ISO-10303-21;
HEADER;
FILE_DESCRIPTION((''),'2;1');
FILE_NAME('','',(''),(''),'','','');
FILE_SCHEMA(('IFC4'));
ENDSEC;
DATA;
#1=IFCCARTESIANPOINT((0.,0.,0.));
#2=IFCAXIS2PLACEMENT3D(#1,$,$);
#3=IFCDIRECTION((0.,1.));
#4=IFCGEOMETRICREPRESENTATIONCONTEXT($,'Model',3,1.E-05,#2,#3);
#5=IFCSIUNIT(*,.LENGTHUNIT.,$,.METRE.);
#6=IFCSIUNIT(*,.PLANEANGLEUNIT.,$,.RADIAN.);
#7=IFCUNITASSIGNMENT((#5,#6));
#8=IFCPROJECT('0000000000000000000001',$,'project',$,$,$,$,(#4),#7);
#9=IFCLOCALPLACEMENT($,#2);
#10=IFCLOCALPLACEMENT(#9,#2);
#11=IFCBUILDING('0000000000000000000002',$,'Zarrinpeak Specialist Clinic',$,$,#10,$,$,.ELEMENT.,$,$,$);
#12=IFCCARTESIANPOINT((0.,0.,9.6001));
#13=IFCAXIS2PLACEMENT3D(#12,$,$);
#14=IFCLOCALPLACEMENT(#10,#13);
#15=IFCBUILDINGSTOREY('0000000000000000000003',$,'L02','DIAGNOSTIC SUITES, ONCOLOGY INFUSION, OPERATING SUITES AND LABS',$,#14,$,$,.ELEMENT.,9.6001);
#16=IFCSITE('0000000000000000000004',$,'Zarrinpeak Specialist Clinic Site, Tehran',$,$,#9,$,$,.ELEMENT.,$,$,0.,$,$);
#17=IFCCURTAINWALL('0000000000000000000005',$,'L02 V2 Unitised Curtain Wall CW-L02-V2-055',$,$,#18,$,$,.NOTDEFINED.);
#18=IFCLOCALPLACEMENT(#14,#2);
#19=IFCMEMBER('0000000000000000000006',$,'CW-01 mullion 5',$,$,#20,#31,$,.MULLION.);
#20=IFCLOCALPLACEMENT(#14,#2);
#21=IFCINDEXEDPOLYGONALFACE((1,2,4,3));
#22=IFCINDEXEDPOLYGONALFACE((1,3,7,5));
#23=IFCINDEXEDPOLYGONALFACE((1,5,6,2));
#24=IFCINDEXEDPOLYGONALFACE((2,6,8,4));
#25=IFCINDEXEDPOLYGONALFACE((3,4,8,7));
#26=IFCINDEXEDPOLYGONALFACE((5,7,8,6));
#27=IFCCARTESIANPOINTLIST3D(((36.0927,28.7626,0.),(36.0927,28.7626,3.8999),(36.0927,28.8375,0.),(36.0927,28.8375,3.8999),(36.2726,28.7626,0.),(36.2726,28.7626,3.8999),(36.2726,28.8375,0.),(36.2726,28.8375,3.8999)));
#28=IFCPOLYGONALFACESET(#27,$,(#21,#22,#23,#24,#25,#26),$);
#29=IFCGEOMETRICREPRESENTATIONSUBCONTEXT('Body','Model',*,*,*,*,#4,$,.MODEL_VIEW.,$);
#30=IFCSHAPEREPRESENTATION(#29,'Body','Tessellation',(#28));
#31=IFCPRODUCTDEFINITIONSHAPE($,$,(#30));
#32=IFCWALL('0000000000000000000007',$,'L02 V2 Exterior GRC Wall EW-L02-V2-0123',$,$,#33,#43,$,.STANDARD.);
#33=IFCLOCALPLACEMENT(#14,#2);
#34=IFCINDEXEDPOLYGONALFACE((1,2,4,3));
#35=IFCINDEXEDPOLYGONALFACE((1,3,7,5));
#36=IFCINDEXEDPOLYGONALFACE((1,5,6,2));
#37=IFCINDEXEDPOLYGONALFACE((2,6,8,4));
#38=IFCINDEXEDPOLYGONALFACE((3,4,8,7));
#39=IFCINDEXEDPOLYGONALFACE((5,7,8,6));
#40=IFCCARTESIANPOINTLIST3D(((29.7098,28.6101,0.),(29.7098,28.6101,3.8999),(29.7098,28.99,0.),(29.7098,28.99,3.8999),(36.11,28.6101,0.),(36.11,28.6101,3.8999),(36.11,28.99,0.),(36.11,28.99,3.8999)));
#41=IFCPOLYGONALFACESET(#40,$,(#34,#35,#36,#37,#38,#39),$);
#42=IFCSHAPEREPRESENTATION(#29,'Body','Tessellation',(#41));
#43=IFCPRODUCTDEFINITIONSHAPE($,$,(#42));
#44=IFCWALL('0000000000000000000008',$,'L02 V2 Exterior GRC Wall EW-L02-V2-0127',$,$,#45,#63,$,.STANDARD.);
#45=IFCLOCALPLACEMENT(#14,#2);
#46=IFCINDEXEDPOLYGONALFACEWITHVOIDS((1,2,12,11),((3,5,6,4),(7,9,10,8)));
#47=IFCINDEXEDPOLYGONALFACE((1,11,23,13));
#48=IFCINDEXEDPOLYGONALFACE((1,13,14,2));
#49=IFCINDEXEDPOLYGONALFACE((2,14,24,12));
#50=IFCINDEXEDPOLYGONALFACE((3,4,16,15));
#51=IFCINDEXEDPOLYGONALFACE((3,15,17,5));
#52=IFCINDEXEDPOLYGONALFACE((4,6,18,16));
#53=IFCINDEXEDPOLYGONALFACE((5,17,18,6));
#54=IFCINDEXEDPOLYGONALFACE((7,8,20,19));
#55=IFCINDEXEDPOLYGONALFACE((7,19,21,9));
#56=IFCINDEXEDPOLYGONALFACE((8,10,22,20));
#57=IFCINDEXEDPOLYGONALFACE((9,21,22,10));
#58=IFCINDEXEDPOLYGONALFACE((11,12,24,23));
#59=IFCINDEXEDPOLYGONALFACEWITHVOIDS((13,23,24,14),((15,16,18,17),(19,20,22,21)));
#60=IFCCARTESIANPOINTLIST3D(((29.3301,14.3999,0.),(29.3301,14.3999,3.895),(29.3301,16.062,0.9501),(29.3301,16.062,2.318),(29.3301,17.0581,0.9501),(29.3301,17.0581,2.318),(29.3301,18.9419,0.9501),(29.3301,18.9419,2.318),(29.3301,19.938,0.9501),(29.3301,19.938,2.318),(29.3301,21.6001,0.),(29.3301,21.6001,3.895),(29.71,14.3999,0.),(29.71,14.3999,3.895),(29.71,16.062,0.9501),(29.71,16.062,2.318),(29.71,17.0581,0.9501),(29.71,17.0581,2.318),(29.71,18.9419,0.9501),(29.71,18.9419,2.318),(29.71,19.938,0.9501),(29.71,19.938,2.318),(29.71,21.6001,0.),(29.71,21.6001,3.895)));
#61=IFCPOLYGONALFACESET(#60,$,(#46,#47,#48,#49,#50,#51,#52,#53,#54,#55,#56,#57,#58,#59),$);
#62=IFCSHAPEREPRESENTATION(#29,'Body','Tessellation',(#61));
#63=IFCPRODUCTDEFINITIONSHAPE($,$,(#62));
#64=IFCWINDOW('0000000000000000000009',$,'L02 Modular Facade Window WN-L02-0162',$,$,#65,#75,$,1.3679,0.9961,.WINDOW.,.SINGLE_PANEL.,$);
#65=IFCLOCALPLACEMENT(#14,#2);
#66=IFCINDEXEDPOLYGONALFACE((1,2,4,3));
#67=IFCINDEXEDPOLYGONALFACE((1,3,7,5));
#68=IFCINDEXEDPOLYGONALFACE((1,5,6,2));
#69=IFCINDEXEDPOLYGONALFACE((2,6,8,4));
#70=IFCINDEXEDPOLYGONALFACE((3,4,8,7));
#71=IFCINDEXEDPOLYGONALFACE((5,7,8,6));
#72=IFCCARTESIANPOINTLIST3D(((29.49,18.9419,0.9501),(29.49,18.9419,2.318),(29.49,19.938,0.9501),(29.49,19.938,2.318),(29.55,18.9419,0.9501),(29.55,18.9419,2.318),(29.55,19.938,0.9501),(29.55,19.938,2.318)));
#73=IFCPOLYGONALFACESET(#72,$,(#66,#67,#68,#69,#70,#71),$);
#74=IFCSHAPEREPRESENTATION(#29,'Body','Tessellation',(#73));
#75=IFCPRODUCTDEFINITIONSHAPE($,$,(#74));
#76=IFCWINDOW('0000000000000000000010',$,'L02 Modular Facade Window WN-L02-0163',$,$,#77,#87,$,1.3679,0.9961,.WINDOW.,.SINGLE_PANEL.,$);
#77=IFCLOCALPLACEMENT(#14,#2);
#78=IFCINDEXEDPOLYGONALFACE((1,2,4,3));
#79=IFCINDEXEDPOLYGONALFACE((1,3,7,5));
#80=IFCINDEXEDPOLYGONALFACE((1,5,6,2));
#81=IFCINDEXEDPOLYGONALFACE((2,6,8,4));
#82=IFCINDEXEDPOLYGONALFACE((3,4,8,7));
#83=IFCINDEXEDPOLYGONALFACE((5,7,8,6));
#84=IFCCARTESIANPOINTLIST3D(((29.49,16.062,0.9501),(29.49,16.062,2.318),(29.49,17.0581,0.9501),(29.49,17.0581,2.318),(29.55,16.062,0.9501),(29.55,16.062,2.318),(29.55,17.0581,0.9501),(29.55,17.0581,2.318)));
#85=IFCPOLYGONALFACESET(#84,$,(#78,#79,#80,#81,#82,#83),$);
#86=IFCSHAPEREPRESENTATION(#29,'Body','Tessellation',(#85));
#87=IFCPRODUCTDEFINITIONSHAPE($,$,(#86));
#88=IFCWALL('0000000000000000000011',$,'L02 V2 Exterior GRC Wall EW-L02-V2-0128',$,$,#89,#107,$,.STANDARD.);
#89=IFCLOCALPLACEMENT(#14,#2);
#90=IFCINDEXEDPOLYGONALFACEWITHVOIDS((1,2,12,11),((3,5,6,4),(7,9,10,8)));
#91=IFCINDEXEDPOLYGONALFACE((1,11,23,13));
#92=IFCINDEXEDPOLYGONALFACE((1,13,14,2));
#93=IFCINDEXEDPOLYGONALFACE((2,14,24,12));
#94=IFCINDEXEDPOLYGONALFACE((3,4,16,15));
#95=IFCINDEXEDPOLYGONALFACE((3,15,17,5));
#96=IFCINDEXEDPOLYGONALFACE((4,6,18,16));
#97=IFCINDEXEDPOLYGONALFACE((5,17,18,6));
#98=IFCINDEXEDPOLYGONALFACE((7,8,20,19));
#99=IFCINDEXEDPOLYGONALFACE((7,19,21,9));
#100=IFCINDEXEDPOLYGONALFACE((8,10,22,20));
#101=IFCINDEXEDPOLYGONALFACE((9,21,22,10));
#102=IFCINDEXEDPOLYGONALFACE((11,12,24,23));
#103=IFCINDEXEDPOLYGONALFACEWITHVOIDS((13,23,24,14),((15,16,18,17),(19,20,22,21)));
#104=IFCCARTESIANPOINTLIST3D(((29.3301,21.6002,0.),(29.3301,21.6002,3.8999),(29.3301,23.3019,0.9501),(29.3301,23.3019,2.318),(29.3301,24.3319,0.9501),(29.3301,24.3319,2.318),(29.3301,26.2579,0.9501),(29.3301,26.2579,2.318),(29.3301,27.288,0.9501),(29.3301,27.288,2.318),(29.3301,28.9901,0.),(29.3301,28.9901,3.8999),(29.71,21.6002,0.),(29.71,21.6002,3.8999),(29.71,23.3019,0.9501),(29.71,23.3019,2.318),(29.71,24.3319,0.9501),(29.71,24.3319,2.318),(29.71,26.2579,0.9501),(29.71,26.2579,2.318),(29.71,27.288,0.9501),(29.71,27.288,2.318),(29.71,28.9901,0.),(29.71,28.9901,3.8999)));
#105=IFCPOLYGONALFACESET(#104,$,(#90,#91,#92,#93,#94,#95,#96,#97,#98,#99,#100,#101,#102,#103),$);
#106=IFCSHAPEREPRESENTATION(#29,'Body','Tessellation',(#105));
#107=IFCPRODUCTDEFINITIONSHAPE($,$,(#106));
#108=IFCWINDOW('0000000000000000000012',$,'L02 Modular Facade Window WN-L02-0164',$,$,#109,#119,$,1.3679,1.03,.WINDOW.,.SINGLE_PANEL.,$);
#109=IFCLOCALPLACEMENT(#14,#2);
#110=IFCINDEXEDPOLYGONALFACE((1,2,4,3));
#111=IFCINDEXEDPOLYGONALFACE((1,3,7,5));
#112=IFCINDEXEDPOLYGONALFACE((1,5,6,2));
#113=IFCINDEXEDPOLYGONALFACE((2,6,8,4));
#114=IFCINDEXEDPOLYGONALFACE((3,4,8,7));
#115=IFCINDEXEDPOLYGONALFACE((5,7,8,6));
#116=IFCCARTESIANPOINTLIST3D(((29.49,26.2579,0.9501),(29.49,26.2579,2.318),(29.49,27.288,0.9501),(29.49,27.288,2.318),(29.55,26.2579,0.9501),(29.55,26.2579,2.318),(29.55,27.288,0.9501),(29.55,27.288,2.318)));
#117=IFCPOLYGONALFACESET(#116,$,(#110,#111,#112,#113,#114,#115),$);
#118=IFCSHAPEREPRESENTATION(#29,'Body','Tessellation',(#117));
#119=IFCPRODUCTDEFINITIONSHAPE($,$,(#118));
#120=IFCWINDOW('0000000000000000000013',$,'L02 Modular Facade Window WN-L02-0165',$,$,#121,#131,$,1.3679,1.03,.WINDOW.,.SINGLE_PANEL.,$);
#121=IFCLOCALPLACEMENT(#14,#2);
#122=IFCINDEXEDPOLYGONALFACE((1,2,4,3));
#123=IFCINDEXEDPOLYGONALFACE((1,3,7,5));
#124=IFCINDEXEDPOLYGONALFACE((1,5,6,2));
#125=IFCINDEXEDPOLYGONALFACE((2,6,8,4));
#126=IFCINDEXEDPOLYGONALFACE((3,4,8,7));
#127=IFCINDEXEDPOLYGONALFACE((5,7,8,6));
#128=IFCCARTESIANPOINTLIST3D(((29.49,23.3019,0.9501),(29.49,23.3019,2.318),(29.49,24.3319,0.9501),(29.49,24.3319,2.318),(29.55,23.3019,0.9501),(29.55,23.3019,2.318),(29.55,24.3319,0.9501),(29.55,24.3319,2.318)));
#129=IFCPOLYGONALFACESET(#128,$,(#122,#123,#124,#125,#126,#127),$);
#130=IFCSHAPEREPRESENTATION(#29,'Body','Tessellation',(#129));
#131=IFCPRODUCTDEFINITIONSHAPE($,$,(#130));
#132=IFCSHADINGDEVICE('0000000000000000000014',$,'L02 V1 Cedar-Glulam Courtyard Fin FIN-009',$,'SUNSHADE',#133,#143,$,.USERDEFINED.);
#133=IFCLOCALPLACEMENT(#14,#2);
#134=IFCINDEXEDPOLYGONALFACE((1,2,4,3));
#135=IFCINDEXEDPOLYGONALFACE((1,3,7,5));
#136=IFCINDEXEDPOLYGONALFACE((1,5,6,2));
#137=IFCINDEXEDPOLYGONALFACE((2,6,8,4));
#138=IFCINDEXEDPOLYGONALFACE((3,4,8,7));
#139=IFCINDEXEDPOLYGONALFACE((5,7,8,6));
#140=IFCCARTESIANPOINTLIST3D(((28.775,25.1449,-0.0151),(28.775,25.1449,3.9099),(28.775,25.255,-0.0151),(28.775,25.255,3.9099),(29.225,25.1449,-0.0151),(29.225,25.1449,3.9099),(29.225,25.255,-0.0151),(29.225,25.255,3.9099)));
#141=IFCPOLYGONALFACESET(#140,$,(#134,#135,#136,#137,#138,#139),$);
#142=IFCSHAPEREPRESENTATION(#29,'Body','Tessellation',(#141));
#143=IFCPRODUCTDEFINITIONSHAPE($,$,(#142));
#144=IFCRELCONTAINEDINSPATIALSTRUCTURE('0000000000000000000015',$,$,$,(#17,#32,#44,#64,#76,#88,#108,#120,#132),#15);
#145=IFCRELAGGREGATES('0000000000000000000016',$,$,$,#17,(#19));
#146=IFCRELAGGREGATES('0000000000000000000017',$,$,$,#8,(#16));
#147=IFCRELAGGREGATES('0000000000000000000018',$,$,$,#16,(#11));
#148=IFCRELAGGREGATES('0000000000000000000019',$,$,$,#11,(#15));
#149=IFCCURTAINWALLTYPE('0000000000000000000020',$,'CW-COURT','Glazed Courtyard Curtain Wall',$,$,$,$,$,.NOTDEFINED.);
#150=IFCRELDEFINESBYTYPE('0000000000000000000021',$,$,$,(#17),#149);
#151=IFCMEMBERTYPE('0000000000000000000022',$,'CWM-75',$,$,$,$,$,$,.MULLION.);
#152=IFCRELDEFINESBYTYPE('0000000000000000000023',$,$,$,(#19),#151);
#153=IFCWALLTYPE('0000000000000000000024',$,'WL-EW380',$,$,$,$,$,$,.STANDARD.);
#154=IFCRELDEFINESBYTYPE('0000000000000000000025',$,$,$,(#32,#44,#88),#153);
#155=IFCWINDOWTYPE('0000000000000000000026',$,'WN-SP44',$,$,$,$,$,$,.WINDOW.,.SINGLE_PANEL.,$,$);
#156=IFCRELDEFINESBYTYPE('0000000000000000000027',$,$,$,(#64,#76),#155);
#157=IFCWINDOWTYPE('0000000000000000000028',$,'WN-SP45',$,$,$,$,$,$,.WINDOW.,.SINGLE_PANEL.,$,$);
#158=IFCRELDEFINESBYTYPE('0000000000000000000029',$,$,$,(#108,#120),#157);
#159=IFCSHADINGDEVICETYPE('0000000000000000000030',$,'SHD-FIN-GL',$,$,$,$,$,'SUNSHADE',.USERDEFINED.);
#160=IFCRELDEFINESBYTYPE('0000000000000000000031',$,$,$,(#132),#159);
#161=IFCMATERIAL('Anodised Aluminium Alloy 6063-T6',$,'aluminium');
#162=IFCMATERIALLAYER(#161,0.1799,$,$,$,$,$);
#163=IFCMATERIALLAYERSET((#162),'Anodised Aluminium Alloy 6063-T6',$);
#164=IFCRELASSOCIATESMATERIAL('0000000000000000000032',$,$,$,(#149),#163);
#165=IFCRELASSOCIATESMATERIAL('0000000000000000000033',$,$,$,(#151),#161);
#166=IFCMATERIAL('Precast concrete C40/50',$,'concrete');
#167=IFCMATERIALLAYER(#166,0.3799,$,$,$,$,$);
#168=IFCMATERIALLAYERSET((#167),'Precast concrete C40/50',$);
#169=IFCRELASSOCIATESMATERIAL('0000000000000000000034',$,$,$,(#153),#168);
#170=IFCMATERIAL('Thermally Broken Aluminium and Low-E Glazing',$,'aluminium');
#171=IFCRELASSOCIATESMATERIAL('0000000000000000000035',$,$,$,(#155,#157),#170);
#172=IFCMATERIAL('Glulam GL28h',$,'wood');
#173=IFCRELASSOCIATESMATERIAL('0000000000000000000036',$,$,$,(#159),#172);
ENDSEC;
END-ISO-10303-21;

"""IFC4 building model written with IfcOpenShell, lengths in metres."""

from ifc_helpers import new_model, si_unit, direction, frame, frame_2d, origin, origin_2d, place, context, subcontext, project, spatial, rectangle, extrude, material, layer, layer_set, material_profile, profile_set, type_object, element, fill, aggregate, save


model = new_model("IFC4")

# Units and contexts
model_context = context("Model", 3, precision=1e-05, world=origin(), true_north=direction((0.0, 1.0)))
body_context = subcontext(model_context, "Body", "Model", "MODEL_VIEW")
ifc_project = project(units=[si_unit("LENGTHUNIT", "METRE"), si_unit("PLANEANGLEUNIT", "RADIAN")], contexts=[model_context])

# Site, building, storey
site_placement = place(None, origin())
site = spatial("IfcSite", under=ifc_project, at=site_placement, Name="Zarrinpeak Specialist Clinic Site, Tehran", CompositionType="ELEMENT", RefElevation=0.0)
building_placement = place(site_placement, origin())
building = spatial("IfcBuilding", under=site, at=building_placement, Name="Zarrinpeak Specialist Clinic", CompositionType="ELEMENT")
storey_placement = place(building_placement, frame((0.0, 0.0, 9.6001)))
storey = spatial("IfcBuildingStorey", under=building, at=storey_placement, Name="L02", Description="DIAGNOSTIC SUITES, ONCOLOGY INFUSION, OPERATING SUITES AND LABS", CompositionType="ELEMENT", Elevation=9.6001)

# Curtain wall, member
ifc_material_1 = material(Name="Anodised Aluminium Alloy 6063-T6", Category="aluminium")
ifc_layer_1 = layer(ifc_material_1, 0.1799)
ifc_layer_set_1 = layer_set([ifc_layer_1], Name="Anodised Aluminium Alloy 6063-T6")
curtain_wall_type = type_object("IfcCurtainWallType", Name="CW-COURT", Description="Glazed Courtyard Curtain Wall", PredefinedType="NOTDEFINED", material=ifc_layer_set_1)
curtain_wall_placement = place(storey_placement, origin())
curtain_wall = element("IfcCurtainWall", 1, at=curtain_wall_placement, inside=storey, type_object=curtain_wall_type, Name="L02 V2 Unitised Curtain Wall CW-L02-V2-055", PredefinedType="NOTDEFINED")
ifc_material_profile_1 = material_profile(ifc_material_1, rectangle(XDim=0.075, YDim=0.1799, at=origin_2d()), Name="ALU 75x180")
ifc_profile_set_1 = profile_set([ifc_material_profile_1], Name="Anodised Aluminium Alloy 6063-T6")
member_type = type_object("IfcMemberType", Name="CWM-75", PredefinedType="MULLION", material=ifc_profile_set_1)
member_placement = place(storey_placement, frame((36.1826, 28.8, 0.0), z_axis=(0.0, 0.0, 1.0), x_axis=(0.0, -1.0, 0.0)))
member = element("IfcMember", 2, at=member_placement, type_object=member_type, Name="CW-01 mullion 5", PredefinedType="MULLION", context=body_context, shape_type="SweptSolid", body=[
    extrude(rectangle(XDim=0.075, YDim=0.1799, at=origin_2d()), origin(), (0.0, 0.0, 1.0), 3.8999),
])
aggregate(curtain_wall, [member])

# Wall
ifc_material_2 = material(Name="Precast concrete C40/50", Category="concrete")
ifc_layer_2 = layer(ifc_material_2, 0.3799)
ifc_layer_set_2 = layer_set([ifc_layer_2], Name="Precast concrete C40/50")
wall_type = type_object("IfcWallType", Name="WL-EW380", PredefinedType="STANDARD", material=ifc_layer_set_2)
wall_1_placement = place(storey_placement, frame((36.1101, 28.8, 0.0), z_axis=(0.0, 0.0, 1.0), x_axis=(-1.0, 0.0, 0.0)))
element("IfcWall", 3, at=wall_1_placement, inside=storey, type_object=wall_type, Name="L02 V2 Exterior GRC Wall EW-L02-V2-0123", PredefinedType="STANDARD", context=body_context, shape_type="SweptSolid", body=[
    extrude(rectangle(XDim=6.4001, YDim=0.3799, at=frame_2d((3.2002, 0.0))), origin(), (0.0, 0.0, 1.0), 3.8999),
])

# Walls, openings, windows
wall_2_placement = place(storey_placement, frame((29.52, 21.6001, 0.0), z_axis=(0.0, 0.0, 1.0), x_axis=(0.0, -1.0, 0.0)))
wall_2 = element("IfcWall", 4, at=wall_2_placement, inside=storey, type_object=wall_type, Name="L02 V2 Exterior GRC Wall EW-L02-V2-0127", PredefinedType="STANDARD", context=body_context, shape_type="SweptSolid", body=[
    extrude(rectangle(XDim=7.2002, YDim=0.3799, at=frame_2d((3.6001, 0.0))), origin(), (0.0, 0.0, 1.0), 3.895),
])
opening_1_placement = place(wall_2_placement, frame((1.6621, 0.0, 0.95)))
opening_1 = element("IfcOpeningElement", 5, at=opening_1_placement, cuts=wall_2, PredefinedType="OPENING", context=body_context, shape_type="SweptSolid", body=[
    extrude(rectangle(XDim=0.9961, YDim=1.3679, at=frame_2d((0.498, 0.6841))), frame((0.0, 0.2, 0.0), z_axis=(0.0, -1.0, 0.0), x_axis=(1.0, 0.0, 0.0)), (0.0, 0.0, 1.0), 0.3999),
])
opening_2_placement = place(wall_2_placement, frame((4.542, 0.0, 0.95)))
opening_2 = element("IfcOpeningElement", 6, at=opening_2_placement, cuts=wall_2, PredefinedType="OPENING", context=body_context, shape_type="SweptSolid", body=[
    extrude(rectangle(XDim=0.9961, YDim=1.3679, at=frame_2d((0.498, 0.6841))), frame((0.0, 0.2, 0.0), z_axis=(0.0, -1.0, 0.0), x_axis=(1.0, 0.0, 0.0)), (0.0, 0.0, 1.0), 0.3999),
])
ifc_material_3 = material(Name="Thermally Broken Aluminium and Low-E Glazing", Category="aluminium")
window_type_1 = type_object("IfcWindowType", Name="WN-SP44", PartitioningType="SINGLE_PANEL", PredefinedType="WINDOW", material=ifc_material_3)
window_1_placement = place(opening_1_placement, origin())
window_1 = element("IfcWindow", 7, at=window_1_placement, inside=storey, type_object=window_type_1, Name="L02 Modular Facade Window WN-L02-0162", OverallHeight=1.3679, OverallWidth=0.9961, PartitioningType="SINGLE_PANEL", PredefinedType="WINDOW", context=body_context, shape_type="SweptSolid", body=[
    extrude(rectangle(XDim=0.9961, YDim=1.3679, at=frame_2d((0.498, 0.6841))), frame((0.0, 0.03, 0.0), z_axis=(0.0, -1.0, 0.0), x_axis=(1.0, 0.0, 0.0)), (0.0, 0.0, 1.0), 0.0601),
])
fill(opening_1, window_1)
window_2_placement = place(opening_2_placement, origin())
window_2 = element("IfcWindow", 8, at=window_2_placement, inside=storey, type_object=window_type_1, Name="L02 Modular Facade Window WN-L02-0163", OverallHeight=1.3679, OverallWidth=0.9961, PartitioningType="SINGLE_PANEL", PredefinedType="WINDOW", context=body_context, shape_type="SweptSolid", body=[
    extrude(rectangle(XDim=0.9961, YDim=1.3679, at=frame_2d((0.498, 0.6841))), frame((0.0, 0.03, 0.0), z_axis=(0.0, -1.0, 0.0), x_axis=(1.0, 0.0, 0.0)), (0.0, 0.0, 1.0), 0.0601),
])
fill(opening_2, window_2)
wall_3_placement = place(storey_placement, frame((29.52, 28.99, 0.0), z_axis=(0.0, 0.0, 1.0), x_axis=(0.0, -1.0, 0.0)))
wall_3 = element("IfcWall", 9, at=wall_3_placement, inside=storey, type_object=wall_type, Name="L02 V2 Exterior GRC Wall EW-L02-V2-0128", PredefinedType="STANDARD", context=body_context, shape_type="SweptSolid", body=[
    extrude(rectangle(XDim=7.3899, YDim=0.3799, at=frame_2d((3.6948, 0.0))), origin(), (0.0, 0.0, 1.0), 3.8999),
])
opening_3_placement = place(wall_3_placement, frame((1.7019, 0.0, 0.95)))
opening_3 = element("IfcOpeningElement", 10, at=opening_3_placement, cuts=wall_3, PredefinedType="OPENING", context=body_context, shape_type="SweptSolid", body=[
    extrude(rectangle(XDim=1.03, YDim=1.3679, at=frame_2d((0.5151, 0.6841))), frame((0.0, 0.2, 0.0), z_axis=(0.0, -1.0, 0.0), x_axis=(1.0, 0.0, 0.0)), (0.0, 0.0, 1.0), 0.3999),
])
opening_4_placement = place(wall_3_placement, frame((4.658, 0.0, 0.95)))
opening_4 = element("IfcOpeningElement", 11, at=opening_4_placement, cuts=wall_3, PredefinedType="OPENING", context=body_context, shape_type="SweptSolid", body=[
    extrude(rectangle(XDim=1.03, YDim=1.3679, at=frame_2d((0.5151, 0.6841))), frame((0.0, 0.2, 0.0), z_axis=(0.0, -1.0, 0.0), x_axis=(1.0, 0.0, 0.0)), (0.0, 0.0, 1.0), 0.3999),
])
window_type_2 = type_object("IfcWindowType", Name="WN-SP45", PartitioningType="SINGLE_PANEL", PredefinedType="WINDOW", material=ifc_material_3)
window_3_placement = place(opening_3_placement, origin())
window_3 = element("IfcWindow", 12, at=window_3_placement, inside=storey, type_object=window_type_2, Name="L02 Modular Facade Window WN-L02-0164", OverallHeight=1.3679, OverallWidth=1.03, PartitioningType="SINGLE_PANEL", PredefinedType="WINDOW", context=body_context, shape_type="SweptSolid", body=[
    extrude(rectangle(XDim=1.03, YDim=1.3679, at=frame_2d((0.5151, 0.6841))), frame((0.0, 0.03, 0.0), z_axis=(0.0, -1.0, 0.0), x_axis=(1.0, 0.0, 0.0)), (0.0, 0.0, 1.0), 0.0601),
])
fill(opening_3, window_3)
window_4_placement = place(opening_4_placement, origin())
window_4 = element("IfcWindow", 13, at=window_4_placement, inside=storey, type_object=window_type_2, Name="L02 Modular Facade Window WN-L02-0165", OverallHeight=1.3679, OverallWidth=1.03, PartitioningType="SINGLE_PANEL", PredefinedType="WINDOW", context=body_context, shape_type="SweptSolid", body=[
    extrude(rectangle(XDim=1.03, YDim=1.3679, at=frame_2d((0.5151, 0.6841))), frame((0.0, 0.03, 0.0), z_axis=(0.0, -1.0, 0.0), x_axis=(1.0, 0.0, 0.0)), (0.0, 0.0, 1.0), 0.0601),
])
fill(opening_4, window_4)

# Shading device
ifc_material_4 = material(Name="Glulam GL28h", Category="wood")
shading_device_type = type_object("IfcShadingDeviceType", Name="SHD-FIN-GL", ElementType="SUNSHADE", PredefinedType="USERDEFINED", material=ifc_material_4)
shading_device_placement = place(storey_placement, frame((29.0, 25.2, -0.0151), z_axis=(0.0, 0.0, 1.0), x_axis=(1.0, 0.0, 0.0)))
element("IfcShadingDevice", 14, at=shading_device_placement, inside=storey, type_object=shading_device_type, Name="L02 V1 Cedar-Glulam Courtyard Fin FIN-009", ObjectType="SUNSHADE", PredefinedType="USERDEFINED", context=body_context, shape_type="SweptSolid", body=[
    extrude(rectangle(XDim=0.45, YDim=0.1101, at=origin_2d()), origin(), (0.0, 0.0, 1.0), 3.925),
])

save(model, "model.ifc")
